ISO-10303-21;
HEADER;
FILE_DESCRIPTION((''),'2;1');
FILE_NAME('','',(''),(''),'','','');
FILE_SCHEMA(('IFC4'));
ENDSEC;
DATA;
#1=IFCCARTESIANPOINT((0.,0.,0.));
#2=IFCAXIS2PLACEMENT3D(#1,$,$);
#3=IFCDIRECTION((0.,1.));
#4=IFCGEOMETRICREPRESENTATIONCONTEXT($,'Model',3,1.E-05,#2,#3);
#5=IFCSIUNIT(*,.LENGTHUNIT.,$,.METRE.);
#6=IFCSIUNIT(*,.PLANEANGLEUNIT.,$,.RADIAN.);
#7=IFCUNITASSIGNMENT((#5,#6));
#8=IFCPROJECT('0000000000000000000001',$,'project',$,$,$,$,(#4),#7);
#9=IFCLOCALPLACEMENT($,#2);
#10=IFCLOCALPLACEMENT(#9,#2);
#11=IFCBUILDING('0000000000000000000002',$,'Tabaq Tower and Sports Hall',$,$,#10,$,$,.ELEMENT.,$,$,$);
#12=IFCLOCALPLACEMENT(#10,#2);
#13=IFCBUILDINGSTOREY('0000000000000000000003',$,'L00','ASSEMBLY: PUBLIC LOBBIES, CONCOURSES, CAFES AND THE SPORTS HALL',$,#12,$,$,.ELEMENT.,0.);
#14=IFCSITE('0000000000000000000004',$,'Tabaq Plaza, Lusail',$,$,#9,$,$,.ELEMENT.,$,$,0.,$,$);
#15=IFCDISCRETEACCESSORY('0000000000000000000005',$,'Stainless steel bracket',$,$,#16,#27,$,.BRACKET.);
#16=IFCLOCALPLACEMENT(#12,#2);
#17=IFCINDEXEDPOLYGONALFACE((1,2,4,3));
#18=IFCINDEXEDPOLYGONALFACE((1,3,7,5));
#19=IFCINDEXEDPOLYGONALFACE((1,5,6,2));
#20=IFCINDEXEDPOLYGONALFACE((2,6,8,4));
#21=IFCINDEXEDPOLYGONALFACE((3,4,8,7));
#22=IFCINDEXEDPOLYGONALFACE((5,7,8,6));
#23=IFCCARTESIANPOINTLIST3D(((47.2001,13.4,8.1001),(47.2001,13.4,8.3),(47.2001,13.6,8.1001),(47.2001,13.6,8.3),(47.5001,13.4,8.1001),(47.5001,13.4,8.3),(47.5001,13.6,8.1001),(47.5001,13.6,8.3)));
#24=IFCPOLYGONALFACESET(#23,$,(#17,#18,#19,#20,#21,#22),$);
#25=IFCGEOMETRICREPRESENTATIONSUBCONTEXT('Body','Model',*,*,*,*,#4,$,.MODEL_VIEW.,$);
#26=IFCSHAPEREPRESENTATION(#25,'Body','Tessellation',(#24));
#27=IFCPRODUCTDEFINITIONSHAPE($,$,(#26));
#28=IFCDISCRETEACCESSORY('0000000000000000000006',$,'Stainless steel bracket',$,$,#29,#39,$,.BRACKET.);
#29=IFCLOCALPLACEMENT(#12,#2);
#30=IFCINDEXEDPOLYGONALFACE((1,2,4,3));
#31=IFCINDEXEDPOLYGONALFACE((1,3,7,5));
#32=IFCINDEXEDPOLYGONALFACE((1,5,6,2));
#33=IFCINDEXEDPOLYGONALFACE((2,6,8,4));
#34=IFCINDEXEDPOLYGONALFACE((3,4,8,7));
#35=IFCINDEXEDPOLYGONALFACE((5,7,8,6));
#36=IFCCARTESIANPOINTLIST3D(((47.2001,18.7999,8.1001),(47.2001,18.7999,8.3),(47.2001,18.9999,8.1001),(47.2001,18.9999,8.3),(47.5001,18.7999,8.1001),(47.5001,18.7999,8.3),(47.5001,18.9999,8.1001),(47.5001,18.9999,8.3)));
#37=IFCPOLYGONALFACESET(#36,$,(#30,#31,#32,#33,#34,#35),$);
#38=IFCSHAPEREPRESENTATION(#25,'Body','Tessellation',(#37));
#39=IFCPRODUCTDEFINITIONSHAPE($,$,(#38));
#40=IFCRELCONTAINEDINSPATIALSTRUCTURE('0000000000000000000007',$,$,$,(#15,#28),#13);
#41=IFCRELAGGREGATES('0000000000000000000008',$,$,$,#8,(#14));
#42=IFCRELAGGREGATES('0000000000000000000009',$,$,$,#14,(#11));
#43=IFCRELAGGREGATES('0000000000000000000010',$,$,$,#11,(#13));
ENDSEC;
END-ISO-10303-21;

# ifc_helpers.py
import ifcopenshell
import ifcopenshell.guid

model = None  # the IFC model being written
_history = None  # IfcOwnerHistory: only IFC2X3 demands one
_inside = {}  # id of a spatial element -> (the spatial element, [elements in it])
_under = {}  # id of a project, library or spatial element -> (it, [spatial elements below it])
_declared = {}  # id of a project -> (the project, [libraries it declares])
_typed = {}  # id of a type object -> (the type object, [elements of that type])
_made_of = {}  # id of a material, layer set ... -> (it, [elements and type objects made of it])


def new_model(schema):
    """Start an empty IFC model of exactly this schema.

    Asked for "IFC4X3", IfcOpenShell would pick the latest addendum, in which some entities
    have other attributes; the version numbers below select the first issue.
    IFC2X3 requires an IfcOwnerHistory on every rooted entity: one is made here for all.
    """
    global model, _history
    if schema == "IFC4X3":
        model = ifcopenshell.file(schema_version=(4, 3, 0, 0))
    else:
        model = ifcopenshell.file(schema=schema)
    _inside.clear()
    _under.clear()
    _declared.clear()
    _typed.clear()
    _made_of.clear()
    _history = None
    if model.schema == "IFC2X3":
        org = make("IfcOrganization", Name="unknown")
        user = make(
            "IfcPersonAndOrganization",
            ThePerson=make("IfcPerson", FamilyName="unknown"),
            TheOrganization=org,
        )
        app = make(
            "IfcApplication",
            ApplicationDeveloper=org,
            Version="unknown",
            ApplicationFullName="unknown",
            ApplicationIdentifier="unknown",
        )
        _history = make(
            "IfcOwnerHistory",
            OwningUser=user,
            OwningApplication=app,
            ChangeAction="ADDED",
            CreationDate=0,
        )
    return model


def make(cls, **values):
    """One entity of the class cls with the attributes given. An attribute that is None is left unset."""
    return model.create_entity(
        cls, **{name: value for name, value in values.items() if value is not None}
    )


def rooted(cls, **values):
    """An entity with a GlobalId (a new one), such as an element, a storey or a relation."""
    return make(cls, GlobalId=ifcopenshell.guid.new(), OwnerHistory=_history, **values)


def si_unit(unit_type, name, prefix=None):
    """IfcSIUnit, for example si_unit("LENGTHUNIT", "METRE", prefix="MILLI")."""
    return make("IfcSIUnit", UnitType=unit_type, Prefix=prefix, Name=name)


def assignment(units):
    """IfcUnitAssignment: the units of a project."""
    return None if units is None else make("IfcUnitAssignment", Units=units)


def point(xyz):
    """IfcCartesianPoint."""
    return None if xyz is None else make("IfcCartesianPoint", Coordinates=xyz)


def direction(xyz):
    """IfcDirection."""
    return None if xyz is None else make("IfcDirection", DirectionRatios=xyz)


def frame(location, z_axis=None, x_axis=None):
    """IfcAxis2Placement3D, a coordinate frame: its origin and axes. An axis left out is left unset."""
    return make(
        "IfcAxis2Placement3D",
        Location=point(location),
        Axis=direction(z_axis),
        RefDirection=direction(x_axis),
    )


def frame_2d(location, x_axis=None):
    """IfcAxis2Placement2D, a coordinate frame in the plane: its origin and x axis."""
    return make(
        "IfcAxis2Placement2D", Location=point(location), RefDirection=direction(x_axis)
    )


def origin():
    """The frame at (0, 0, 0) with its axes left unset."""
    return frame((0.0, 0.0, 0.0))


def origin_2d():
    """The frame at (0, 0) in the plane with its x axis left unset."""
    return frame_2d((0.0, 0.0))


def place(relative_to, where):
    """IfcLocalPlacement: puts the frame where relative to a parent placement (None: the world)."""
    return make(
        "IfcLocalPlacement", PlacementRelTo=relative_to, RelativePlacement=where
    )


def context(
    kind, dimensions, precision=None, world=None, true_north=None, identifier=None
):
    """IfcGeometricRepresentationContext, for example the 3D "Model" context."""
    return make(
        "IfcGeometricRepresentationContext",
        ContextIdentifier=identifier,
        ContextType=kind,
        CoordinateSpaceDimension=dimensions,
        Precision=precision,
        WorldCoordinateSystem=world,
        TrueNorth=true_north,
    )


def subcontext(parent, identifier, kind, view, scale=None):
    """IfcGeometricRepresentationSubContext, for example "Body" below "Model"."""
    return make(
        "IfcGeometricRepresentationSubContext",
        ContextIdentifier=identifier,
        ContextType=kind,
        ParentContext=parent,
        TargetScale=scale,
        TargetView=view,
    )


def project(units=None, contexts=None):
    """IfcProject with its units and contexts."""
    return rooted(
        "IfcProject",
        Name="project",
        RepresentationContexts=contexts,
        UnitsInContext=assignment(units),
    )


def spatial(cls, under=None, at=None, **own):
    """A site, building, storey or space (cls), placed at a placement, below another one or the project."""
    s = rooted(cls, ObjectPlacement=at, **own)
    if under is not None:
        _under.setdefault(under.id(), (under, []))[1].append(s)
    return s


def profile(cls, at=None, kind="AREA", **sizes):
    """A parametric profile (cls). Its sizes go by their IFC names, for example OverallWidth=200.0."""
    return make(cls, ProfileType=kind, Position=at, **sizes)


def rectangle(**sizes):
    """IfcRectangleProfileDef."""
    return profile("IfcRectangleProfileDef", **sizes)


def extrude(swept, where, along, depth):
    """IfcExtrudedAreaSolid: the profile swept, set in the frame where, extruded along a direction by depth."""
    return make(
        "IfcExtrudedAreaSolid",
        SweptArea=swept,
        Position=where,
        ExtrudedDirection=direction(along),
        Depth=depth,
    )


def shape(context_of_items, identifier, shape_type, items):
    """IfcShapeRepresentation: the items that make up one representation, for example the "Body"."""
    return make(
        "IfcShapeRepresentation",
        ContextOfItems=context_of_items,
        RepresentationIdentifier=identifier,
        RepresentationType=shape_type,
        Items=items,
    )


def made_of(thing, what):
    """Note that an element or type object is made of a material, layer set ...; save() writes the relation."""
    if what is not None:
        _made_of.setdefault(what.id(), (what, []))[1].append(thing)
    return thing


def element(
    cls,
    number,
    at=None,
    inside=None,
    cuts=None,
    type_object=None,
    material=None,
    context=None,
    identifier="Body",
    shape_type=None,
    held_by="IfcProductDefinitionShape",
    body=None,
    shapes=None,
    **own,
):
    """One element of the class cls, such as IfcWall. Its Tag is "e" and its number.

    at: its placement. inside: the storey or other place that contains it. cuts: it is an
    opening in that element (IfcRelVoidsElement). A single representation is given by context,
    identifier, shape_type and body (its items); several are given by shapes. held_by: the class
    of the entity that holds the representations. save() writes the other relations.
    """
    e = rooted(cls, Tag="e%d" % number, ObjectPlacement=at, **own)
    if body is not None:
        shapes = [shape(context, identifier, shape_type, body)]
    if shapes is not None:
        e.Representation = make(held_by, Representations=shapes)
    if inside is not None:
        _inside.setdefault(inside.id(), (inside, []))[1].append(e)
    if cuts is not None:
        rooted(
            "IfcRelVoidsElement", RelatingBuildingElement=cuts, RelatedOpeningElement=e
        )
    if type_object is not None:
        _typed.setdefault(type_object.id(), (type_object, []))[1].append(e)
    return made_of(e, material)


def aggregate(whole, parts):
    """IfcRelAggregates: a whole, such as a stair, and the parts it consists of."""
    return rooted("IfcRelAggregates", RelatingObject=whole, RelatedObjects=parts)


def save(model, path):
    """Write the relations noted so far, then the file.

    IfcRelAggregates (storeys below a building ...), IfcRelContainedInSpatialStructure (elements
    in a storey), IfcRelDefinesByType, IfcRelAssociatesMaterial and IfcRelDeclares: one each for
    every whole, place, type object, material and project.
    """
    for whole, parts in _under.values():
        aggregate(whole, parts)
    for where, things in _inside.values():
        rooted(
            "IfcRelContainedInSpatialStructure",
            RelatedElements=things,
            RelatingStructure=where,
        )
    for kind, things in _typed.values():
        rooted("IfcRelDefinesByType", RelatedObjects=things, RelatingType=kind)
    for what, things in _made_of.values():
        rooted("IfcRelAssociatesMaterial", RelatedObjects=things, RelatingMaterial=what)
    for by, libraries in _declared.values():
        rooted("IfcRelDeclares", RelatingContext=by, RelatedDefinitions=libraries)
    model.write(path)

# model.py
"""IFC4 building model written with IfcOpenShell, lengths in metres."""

from ifc_helpers import new_model, si_unit, direction, frame, origin, origin_2d, place, context, subcontext, project, spatial, rectangle, extrude, element, save


model = new_model("IFC4")

# Units and contexts
model_context = context("Model", 3, precision=1e-05, world=origin(), true_north=direction((0.0, 1.0)))
body_context = subcontext(model_context, "Body", "Model", "MODEL_VIEW")
ifc_project = project(units=[si_unit("LENGTHUNIT", "METRE"), si_unit("PLANEANGLEUNIT", "RADIAN")], contexts=[model_context])

# Site, building, storey
site_placement = place(None, origin())
site = spatial("IfcSite", under=ifc_project, at=site_placement, Name="Tabaq Plaza, Lusail", CompositionType="ELEMENT", RefElevation=0.0)
building_placement = place(site_placement, origin())
building = spatial("IfcBuilding", under=site, at=building_placement, Name="Tabaq Tower and Sports Hall", CompositionType="ELEMENT")
storey_placement = place(building_placement, origin())
storey = spatial("IfcBuildingStorey", under=building, at=storey_placement, Name="L00", Description="ASSEMBLY: PUBLIC LOBBIES, CONCOURSES, CAFES AND THE SPORTS HALL", CompositionType="ELEMENT", Elevation=0.0)

# Discrete accessories
for number, where, z_axis, x_axis, name in (
    (1, (47.3501, 13.5, 8.1001), (0.0, 0.0, 1.0), (0.0, -1.0, 0.0), "Stainless steel bracket"),
    (2, (47.3501, 18.8999, 8.1001), (0.0, 0.0, 1.0), (0.0, -1.0, 0.0), "Stainless steel bracket"),
):
    element("IfcDiscreteAccessory", number, at=place(storey_placement, frame(where, z_axis=z_axis, x_axis=x_axis)), inside=storey, Name=name, PredefinedType="BRACKET", context=body_context, shape_type="SweptSolid", body=[
        extrude(rectangle(XDim=0.2, YDim=0.3, at=origin_2d()), origin(), (0.0, 0.0, 1.0), 0.2),
    ])

save(model, "model.ifc")
